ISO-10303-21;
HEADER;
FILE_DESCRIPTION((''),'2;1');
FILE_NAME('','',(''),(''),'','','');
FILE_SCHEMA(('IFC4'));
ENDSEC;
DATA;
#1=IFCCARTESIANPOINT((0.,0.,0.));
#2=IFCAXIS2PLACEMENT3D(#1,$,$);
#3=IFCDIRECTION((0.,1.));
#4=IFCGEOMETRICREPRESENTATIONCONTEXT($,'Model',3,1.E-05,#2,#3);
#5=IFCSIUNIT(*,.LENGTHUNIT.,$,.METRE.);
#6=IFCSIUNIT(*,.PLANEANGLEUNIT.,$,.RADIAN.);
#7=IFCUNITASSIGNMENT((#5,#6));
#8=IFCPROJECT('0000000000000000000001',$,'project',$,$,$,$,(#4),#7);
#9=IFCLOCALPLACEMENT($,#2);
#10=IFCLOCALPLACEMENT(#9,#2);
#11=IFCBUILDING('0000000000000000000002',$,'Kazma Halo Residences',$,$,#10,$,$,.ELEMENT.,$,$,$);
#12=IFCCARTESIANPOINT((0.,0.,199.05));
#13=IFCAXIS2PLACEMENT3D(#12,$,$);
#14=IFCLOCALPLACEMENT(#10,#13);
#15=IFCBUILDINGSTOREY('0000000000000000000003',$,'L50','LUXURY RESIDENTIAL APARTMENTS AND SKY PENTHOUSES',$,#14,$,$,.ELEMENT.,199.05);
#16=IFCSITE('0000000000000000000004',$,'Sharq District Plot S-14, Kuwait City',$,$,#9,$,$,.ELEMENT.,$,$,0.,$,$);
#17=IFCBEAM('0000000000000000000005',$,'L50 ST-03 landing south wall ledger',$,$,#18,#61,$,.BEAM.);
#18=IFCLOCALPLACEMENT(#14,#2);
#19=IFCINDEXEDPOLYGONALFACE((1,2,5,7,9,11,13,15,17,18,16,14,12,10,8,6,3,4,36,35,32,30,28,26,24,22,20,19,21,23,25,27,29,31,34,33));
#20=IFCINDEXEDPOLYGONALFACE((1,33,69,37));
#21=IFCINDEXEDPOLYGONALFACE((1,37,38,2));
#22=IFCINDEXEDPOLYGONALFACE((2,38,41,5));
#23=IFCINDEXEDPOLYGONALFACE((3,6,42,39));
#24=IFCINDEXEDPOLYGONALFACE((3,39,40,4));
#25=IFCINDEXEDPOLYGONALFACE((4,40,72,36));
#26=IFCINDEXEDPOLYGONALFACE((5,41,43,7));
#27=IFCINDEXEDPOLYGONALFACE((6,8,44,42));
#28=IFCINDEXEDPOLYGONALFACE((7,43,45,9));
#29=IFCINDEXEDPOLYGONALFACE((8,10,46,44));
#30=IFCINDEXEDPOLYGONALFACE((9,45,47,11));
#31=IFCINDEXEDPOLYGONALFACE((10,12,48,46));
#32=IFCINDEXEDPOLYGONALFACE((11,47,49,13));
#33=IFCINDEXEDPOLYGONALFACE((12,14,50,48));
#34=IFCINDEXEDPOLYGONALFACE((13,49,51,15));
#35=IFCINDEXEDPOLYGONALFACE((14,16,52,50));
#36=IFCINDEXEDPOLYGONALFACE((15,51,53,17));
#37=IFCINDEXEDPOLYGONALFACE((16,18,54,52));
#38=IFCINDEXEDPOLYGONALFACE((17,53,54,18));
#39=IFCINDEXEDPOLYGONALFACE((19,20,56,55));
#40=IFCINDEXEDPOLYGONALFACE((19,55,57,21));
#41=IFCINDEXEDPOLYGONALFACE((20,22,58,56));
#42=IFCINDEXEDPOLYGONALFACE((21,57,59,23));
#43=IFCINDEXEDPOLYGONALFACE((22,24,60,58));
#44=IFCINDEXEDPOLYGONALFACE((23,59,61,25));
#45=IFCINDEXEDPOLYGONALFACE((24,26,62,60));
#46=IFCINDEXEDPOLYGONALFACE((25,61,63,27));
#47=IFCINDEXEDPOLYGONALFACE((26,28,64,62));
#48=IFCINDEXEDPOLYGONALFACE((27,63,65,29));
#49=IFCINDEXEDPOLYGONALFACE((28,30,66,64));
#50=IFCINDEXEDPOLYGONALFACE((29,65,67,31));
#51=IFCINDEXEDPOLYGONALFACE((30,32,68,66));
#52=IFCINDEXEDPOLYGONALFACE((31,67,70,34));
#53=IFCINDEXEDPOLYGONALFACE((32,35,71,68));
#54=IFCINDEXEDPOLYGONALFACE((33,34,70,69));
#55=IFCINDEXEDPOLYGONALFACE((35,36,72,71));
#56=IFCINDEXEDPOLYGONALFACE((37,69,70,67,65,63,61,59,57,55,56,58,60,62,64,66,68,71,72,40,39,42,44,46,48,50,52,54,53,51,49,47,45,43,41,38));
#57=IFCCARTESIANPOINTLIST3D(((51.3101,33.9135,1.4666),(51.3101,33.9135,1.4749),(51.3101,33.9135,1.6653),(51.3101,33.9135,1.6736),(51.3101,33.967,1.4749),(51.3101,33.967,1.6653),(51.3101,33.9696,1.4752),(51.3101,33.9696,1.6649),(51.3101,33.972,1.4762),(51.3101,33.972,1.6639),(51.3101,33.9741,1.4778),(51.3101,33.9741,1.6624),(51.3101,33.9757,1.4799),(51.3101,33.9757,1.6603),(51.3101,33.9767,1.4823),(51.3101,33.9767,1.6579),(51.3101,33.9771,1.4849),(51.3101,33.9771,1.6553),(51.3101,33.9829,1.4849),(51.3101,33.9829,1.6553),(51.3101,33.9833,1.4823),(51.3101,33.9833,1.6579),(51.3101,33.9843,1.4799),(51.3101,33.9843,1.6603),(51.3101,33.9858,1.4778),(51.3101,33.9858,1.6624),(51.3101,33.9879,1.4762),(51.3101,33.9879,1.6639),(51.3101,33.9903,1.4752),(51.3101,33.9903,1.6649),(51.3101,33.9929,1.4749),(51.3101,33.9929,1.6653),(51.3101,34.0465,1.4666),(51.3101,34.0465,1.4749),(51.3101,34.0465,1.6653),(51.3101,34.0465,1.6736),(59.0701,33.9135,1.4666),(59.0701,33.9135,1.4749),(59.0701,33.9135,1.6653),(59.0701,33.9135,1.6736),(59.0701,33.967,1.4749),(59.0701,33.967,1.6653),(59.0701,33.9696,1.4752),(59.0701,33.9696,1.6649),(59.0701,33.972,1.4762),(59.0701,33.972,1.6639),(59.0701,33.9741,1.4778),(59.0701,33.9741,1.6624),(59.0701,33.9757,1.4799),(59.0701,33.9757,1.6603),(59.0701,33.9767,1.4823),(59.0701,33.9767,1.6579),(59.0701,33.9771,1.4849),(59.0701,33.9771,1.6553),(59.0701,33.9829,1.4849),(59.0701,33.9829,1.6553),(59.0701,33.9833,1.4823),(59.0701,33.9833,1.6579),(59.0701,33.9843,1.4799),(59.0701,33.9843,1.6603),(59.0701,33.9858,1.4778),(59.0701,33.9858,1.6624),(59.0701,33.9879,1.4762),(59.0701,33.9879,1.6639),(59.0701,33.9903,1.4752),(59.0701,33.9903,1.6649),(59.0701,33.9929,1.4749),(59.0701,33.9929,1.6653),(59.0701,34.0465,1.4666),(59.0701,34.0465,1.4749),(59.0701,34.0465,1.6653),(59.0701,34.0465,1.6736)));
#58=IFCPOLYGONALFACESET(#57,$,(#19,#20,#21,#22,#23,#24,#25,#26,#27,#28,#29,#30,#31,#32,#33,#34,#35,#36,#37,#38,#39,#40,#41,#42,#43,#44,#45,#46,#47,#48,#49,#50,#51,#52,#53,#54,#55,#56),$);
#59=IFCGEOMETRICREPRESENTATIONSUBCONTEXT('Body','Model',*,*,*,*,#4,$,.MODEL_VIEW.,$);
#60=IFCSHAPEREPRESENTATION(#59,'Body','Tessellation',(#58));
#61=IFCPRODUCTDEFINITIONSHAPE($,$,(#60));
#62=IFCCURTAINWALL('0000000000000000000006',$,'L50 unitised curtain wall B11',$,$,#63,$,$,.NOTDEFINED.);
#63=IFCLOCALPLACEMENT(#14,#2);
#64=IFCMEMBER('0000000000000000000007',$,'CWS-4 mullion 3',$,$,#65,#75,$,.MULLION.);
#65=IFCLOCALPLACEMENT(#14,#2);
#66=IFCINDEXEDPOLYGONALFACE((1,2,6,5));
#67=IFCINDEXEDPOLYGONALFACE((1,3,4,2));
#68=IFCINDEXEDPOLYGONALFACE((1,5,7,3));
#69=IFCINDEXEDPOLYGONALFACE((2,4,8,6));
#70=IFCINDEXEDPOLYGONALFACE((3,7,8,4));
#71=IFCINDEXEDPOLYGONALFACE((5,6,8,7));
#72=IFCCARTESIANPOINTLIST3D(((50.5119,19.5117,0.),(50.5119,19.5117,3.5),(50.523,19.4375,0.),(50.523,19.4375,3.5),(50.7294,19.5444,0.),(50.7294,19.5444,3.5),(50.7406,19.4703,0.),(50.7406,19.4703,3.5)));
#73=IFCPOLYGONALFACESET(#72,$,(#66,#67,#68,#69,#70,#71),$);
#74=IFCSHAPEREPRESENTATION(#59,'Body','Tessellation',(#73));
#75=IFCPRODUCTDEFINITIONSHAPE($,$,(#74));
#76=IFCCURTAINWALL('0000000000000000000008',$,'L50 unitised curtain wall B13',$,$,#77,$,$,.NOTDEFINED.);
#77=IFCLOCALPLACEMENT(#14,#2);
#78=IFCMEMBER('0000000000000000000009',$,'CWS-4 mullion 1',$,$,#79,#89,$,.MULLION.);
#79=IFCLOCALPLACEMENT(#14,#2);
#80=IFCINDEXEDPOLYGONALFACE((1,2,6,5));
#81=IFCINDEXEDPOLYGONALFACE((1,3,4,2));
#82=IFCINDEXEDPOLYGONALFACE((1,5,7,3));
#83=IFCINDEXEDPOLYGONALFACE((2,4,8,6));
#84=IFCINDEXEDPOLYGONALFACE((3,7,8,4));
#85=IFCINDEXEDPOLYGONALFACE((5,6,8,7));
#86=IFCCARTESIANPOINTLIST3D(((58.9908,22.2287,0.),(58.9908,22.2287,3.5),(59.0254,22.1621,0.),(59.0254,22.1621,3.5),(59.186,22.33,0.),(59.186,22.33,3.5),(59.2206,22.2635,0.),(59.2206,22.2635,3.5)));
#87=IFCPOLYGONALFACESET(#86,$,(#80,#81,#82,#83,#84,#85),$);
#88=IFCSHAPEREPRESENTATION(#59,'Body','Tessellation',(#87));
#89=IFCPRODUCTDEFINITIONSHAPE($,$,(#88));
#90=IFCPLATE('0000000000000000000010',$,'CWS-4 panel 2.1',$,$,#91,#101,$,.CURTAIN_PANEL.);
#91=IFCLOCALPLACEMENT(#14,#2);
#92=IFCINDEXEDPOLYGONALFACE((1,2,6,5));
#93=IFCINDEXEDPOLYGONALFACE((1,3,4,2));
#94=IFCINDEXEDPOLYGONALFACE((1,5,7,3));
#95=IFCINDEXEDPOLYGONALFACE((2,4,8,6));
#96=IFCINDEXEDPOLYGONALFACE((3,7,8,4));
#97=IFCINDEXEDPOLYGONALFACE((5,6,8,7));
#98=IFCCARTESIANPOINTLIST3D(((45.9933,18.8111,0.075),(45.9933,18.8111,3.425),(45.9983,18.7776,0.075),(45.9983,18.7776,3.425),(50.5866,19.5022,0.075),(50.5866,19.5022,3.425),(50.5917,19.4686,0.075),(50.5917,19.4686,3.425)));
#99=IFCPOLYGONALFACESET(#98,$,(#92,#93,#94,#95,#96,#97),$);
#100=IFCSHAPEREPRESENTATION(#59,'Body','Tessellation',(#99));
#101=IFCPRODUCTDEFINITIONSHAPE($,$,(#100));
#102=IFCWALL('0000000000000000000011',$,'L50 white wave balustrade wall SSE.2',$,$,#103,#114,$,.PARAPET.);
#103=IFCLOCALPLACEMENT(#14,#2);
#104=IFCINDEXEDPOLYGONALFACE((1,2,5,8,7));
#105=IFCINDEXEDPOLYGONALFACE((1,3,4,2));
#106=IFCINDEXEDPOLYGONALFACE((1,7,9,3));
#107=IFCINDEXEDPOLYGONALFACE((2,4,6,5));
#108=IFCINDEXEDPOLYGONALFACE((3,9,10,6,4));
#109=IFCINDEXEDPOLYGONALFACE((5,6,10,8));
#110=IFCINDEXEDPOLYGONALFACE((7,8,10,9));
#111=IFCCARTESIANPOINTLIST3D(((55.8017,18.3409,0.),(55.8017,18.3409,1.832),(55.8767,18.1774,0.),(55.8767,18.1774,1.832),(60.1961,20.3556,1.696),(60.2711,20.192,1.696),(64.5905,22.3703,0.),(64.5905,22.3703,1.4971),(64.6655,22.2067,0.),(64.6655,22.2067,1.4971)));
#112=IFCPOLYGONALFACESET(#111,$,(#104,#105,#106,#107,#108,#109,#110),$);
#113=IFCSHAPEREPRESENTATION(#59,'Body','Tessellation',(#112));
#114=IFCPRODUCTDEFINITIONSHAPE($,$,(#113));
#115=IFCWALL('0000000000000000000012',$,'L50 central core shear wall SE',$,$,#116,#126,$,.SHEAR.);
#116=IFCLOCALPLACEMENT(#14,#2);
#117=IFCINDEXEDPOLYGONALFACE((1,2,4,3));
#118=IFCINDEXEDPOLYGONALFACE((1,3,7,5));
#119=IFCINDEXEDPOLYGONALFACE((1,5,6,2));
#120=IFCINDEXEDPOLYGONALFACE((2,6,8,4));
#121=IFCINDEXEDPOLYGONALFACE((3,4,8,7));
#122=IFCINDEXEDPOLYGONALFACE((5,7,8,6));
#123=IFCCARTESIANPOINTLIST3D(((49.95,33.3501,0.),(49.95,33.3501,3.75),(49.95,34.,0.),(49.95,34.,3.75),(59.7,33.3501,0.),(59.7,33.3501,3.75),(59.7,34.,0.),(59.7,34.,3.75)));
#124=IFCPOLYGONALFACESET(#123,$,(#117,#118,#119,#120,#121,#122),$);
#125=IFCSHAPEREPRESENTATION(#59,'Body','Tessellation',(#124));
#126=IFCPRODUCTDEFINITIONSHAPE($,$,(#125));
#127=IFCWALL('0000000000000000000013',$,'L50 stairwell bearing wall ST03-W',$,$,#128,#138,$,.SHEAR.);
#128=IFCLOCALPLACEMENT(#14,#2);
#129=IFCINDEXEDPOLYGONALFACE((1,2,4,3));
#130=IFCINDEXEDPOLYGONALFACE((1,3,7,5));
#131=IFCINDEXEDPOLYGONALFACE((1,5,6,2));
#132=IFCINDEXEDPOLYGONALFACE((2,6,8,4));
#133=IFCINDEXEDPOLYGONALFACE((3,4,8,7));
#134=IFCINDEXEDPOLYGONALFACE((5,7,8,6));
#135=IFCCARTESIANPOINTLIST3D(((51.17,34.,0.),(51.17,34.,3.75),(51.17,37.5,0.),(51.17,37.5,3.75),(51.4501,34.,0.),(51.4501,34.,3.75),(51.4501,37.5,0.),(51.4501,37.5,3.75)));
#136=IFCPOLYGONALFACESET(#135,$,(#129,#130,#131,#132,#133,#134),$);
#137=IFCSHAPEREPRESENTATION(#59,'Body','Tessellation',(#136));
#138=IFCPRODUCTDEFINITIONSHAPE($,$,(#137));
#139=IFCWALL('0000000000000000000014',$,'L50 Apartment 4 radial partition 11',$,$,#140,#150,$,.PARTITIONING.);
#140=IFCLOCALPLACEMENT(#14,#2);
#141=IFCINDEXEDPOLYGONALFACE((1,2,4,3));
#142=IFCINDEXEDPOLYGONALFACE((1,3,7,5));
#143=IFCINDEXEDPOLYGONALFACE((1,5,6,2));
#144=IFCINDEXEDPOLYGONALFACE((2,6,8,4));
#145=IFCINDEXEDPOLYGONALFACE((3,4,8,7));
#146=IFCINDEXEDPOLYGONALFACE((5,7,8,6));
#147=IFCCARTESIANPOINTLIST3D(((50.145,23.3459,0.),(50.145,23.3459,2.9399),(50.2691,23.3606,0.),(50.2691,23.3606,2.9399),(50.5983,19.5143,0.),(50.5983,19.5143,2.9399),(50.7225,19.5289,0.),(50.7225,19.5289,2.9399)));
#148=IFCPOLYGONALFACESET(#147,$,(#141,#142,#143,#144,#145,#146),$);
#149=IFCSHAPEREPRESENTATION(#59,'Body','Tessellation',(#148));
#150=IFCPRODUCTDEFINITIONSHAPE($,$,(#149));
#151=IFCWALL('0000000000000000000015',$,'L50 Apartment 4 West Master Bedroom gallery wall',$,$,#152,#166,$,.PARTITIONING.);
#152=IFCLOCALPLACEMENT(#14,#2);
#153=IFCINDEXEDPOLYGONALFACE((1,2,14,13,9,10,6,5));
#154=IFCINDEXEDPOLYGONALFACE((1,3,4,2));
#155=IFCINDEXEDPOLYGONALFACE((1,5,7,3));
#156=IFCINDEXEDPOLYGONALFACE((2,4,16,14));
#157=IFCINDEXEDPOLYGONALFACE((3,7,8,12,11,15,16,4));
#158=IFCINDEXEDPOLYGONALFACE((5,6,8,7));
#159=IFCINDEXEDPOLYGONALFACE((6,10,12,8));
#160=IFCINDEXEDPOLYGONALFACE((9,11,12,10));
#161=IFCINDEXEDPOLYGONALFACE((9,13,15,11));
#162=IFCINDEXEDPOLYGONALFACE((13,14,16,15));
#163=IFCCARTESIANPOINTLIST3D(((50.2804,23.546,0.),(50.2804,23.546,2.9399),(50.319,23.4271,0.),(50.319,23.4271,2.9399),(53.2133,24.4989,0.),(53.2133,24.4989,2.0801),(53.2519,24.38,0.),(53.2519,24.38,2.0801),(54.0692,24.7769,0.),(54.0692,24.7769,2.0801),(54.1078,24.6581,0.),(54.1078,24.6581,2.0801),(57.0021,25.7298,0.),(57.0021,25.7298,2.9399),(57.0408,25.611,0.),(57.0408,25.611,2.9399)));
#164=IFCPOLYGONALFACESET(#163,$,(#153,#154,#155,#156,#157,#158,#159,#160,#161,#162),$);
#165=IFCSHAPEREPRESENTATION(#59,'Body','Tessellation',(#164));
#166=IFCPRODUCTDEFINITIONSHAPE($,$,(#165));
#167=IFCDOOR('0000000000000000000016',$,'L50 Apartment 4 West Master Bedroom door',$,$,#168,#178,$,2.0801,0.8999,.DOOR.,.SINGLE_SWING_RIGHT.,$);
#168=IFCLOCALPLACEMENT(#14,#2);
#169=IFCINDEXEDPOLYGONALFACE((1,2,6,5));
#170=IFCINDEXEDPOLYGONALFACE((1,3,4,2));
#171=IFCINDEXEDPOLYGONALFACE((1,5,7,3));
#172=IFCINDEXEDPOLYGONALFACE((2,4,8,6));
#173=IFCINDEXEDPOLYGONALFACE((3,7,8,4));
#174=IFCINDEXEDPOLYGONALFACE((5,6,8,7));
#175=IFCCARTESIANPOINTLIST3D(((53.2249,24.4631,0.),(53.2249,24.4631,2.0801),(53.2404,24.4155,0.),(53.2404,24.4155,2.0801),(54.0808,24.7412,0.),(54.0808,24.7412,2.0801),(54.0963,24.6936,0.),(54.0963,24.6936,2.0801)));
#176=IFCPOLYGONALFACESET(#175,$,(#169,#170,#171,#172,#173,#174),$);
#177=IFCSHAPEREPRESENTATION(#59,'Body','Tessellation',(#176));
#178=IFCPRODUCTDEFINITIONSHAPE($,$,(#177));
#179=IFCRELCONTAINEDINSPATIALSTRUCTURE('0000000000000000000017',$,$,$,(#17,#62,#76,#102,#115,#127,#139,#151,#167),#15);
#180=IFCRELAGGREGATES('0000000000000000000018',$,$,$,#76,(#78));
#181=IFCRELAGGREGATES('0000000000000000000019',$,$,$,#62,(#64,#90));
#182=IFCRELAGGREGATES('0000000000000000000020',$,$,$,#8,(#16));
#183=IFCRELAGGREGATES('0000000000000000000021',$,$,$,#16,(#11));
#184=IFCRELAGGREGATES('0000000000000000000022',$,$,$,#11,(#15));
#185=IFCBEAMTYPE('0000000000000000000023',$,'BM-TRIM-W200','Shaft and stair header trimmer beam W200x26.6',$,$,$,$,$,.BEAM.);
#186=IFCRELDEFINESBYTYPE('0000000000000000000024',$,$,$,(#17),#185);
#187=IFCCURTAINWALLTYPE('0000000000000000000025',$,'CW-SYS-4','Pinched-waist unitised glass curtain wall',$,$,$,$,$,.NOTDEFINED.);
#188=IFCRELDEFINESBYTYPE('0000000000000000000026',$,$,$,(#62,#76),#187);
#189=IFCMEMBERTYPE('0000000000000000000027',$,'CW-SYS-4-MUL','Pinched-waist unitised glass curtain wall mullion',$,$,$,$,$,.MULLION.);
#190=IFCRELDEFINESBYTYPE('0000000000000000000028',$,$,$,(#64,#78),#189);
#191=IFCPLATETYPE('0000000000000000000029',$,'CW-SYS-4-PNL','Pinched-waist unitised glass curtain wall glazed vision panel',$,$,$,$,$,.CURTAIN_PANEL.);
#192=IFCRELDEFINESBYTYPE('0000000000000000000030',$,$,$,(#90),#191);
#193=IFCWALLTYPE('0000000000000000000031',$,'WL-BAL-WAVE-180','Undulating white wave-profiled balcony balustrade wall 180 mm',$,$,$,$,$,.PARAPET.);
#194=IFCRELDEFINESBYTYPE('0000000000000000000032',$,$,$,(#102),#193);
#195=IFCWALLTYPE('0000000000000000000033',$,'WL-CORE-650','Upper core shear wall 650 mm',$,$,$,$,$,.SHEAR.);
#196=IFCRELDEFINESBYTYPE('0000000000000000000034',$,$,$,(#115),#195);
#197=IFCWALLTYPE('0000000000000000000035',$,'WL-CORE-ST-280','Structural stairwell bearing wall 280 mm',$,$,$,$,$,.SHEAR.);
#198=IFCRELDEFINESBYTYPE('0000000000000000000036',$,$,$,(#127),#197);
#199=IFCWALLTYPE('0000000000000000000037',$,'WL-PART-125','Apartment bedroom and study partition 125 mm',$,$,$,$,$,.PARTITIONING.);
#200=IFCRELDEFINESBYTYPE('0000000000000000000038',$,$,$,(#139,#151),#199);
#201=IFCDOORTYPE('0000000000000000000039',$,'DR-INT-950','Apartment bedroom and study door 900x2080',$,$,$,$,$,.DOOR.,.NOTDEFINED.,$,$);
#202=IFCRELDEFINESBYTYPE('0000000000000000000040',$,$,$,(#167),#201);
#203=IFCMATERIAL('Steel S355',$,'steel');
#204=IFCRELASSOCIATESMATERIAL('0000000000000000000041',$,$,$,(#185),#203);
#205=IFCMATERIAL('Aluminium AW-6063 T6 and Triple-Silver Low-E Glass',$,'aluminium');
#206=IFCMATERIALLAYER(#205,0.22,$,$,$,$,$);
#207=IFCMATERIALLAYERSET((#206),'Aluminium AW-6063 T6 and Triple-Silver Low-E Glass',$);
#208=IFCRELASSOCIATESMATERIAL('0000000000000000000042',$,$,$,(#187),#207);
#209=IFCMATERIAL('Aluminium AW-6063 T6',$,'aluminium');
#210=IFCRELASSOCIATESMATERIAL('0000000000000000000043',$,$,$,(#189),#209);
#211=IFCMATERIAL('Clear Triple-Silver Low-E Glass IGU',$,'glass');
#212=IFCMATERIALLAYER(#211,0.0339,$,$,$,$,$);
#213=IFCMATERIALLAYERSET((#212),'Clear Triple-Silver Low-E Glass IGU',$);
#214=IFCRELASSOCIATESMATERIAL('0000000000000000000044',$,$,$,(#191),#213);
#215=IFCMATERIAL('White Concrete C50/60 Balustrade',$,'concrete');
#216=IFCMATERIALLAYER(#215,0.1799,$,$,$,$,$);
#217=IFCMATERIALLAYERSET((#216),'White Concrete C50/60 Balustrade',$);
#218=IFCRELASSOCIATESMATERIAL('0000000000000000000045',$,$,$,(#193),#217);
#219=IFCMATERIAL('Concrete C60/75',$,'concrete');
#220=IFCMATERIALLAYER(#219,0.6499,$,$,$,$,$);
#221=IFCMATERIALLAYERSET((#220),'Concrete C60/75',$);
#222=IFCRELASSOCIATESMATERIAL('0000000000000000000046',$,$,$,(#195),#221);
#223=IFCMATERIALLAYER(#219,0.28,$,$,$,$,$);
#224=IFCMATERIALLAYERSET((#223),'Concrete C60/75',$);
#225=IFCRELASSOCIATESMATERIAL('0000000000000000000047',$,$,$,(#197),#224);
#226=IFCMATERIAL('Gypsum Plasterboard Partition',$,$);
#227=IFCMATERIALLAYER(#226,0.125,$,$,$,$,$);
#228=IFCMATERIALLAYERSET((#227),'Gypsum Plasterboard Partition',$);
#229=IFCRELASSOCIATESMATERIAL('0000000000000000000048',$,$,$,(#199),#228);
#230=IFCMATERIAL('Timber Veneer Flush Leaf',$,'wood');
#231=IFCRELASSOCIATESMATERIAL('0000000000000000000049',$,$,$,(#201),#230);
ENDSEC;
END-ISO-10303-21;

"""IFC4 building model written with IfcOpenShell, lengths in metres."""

from ifc_helpers import new_model, si_unit, direction, frame, frame_2d, origin, origin_2d, place, context, subcontext, project, spatial, polyline, rectangle, i_section, outline, extrude, material, layer, layer_set, material_profile, profile_set, type_object, element, fill, aggregate, save


model = new_model("IFC4")

# Units and contexts
model_context = context("Model", 3, precision=1e-05, world=origin(), true_north=direction((0.0, 1.0)))
body_context = subcontext(model_context, "Body", "Model", "MODEL_VIEW")
ifc_project = project(units=[si_unit("LENGTHUNIT", "METRE"), si_unit("PLANEANGLEUNIT", "RADIAN")], contexts=[model_context])

# Site, building, storey
site_placement = place(None, origin())
site = spatial("IfcSite", under=ifc_project, at=site_placement, Name="Sharq District Plot S-14, Kuwait City", CompositionType="ELEMENT", RefElevation=0.0)
building_placement = place(site_placement, origin())
building = spatial("IfcBuilding", under=site, at=building_placement, Name="Kazma Halo Residences", CompositionType="ELEMENT")
storey_placement = place(building_placement, frame((0.0, 0.0, 199.05)))
storey = spatial("IfcBuildingStorey", under=building, at=storey_placement, Name="L50", Description="LUXURY RESIDENTIAL APARTMENTS AND SKY PENTHOUSES", CompositionType="ELEMENT", Elevation=199.05)

# Beam
ifc_material_1 = material(Name="Steel S355", Category="steel")
ifc_material_profile_1 = material_profile(ifc_material_1, i_section(OverallWidth=0.1331, OverallDepth=0.207, WebThickness=0.0059, FlangeThickness=0.0083, FilletRadius=0.01, at=origin_2d()), Name="W200x26.6")
ifc_profile_set_1 = profile_set([ifc_material_profile_1], Name="Steel S355")
beam_type_1 = type_object("IfcBeamType", Name="BM-TRIM-W200", Description="Shaft and stair header trimmer beam W200x26.6", PredefinedType="BEAM", material=ifc_profile_set_1)
beam_1_placement = place(storey_placement, frame((51.3101, 33.98, 1.5701), z_axis=(1.0, 0.0, 0.0), x_axis=(0.0, 1.0, 0.0)))
element("IfcBeam", 1, at=beam_1_placement, inside=storey, type_object=beam_type_1, Name="L50 ST-03 landing south wall ledger", PredefinedType="BEAM", context=body_context, shape_type="SweptSolid", body=[
    extrude(i_section(OverallWidth=0.1331, OverallDepth=0.207, WebThickness=0.0059, FlangeThickness=0.0083, FilletRadius=0.01, at=origin_2d()), origin(), (0.0, 0.0, 1.0), 7.76),
])

# Curtain walls, members
ifc_material_2 = material(Name="Aluminium AW-6063 T6 and Triple-Silver Low-E Glass", Category="aluminium")
ifc_layer_1 = layer(ifc_material_2, 0.22)
ifc_layer_set_1 = layer_set([ifc_layer_1], Name="Aluminium AW-6063 T6 and Triple-Silver Low-E Glass")
curtain_wall_type = type_object("IfcCurtainWallType", Name="CW-SYS-4", Description="Pinched-waist unitised glass curtain wall", PredefinedType="NOTDEFINED", material=ifc_layer_set_1)
curtain_wall_1_placement = place(storey_placement, origin())
curtain_wall_1 = element("IfcCurtainWall", 2, at=curtain_wall_1_placement, inside=storey, type_object=curtain_wall_type, Name="L50 unitised curtain wall B11", PredefinedType="NOTDEFINED")
ifc_material_3 = material(Name="Aluminium AW-6063 T6", Category="aluminium")
ifc_material_profile_2 = material_profile(ifc_material_3, rectangle(XDim=0.075, YDim=0.22, at=origin_2d()), Name="CWM-75x220")
ifc_profile_set_2 = profile_set([ifc_material_profile_2], Name="Aluminium AW-6063 T6")
member_type = type_object("IfcMemberType", Name="CW-SYS-4-MUL", Description="Pinched-waist unitised glass curtain wall mullion", PredefinedType="MULLION", material=ifc_profile_set_2)
member_1_placement = place(storey_placement, frame((50.6262, 19.491, 0.0), z_axis=(0.0, 0.0, 1.0), x_axis=(-0.148773, 0.988871, 0.0)))
member_1 = element("IfcMember", 3, at=member_1_placement, type_object=member_type, Name="CWS-4 mullion 3", PredefinedType="MULLION", context=body_context, shape_type="SweptSolid", body=[
    extrude(rectangle(XDim=0.075, YDim=0.22, at=origin_2d()), origin(), (0.0, 0.0, 1.0), 3.5),
])
curtain_wall_2_placement = place(storey_placement, origin())
curtain_wall_2 = element("IfcCurtainWall", 4, at=curtain_wall_2_placement, inside=storey, type_object=curtain_wall_type, Name="L50 unitised curtain wall B13", PredefinedType="NOTDEFINED")
member_2_placement = place(storey_placement, frame((59.1057, 22.2461, 0.0), z_axis=(0.0, 0.0, 1.0), x_axis=(-0.460874, 0.887466, 0.0)))
member_2 = element("IfcMember", 5, at=member_2_placement, type_object=member_type, Name="CWS-4 mullion 1", PredefinedType="MULLION", context=body_context, shape_type="SweptSolid", body=[
    extrude(rectangle(XDim=0.075, YDim=0.22, at=origin_2d()), origin(), (0.0, 0.0, 1.0), 3.5),
])
aggregate(curtain_wall_2, [member_2])

# Plate
ifc_material_4 = material(Name="Clear Triple-Silver Low-E Glass IGU", Category="glass")
ifc_layer_2 = layer(ifc_material_4, 0.0339)
ifc_layer_set_2 = layer_set([ifc_layer_2], Name="Clear Triple-Silver Low-E Glass IGU")
plate_type = type_object("IfcPlateType", Name="CW-SYS-4-PNL", Description="Pinched-waist unitised glass curtain wall glazed vision panel", PredefinedType="CURTAIN_PANEL", material=ifc_layer_set_2)
plate_placement = place(storey_placement, frame((48.2925, 19.1399, 0.075), z_axis=(0.0, 0.0, 1.0), x_axis=(0.988871, 0.148773, 0.0)))
plate = element("IfcPlate", 6, at=plate_placement, type_object=plate_type, Name="CWS-4 panel 2.1", PredefinedType="CURTAIN_PANEL", context=body_context, shape_type="SweptSolid", body=[
    extrude(rectangle(XDim=4.645, YDim=0.0339, at=origin_2d()), origin(), (0.0, 0.0, 1.0), 3.3501),
])
aggregate(curtain_wall_1, [member_1, plate])

# Walls
ifc_material_5 = material(Name="White Concrete C50/60 Balustrade", Category="concrete")
ifc_layer_3 = layer(ifc_material_5, 0.1799)
ifc_layer_set_3 = layer_set([ifc_layer_3], Name="White Concrete C50/60 Balustrade")
wall_type_1 = type_object("IfcWallType", Name="WL-BAL-WAVE-180", Description="Undulating white wave-profiled balcony balustrade wall 180 mm", PredefinedType="PARAPET", material=ifc_layer_set_3)
wall_1_placement = place(storey_placement, frame((55.8391, 18.2593, 0.0), z_axis=(0.0, 0.0, 1.0), x_axis=(0.909022, 0.416748, 0.0)))
element("IfcWall", 7, at=wall_1_placement, inside=storey, type_object=wall_type_1, Name="L50 white wave balustrade wall SSE.2", PredefinedType="PARAPET", context=body_context, shape_type="SweptSolid", body=[
    extrude(outline(polyline([(0.0, 0.0), (9.6685, 0.0), (9.6685, 1.4971), (4.8342, 1.696), (0.0, 1.832), (0.0, 0.0)])), frame((0.0, 0.0898, 0.0), z_axis=(0.0, -1.0, 0.0), x_axis=(1.0, 0.0, 0.0)), (0.0, 0.0, 1.0), 0.1799),
])
ifc_material_6 = material(Name="Concrete C60/75", Category="concrete")
ifc_layer_4 = layer(ifc_material_6, 0.6499)
ifc_layer_set_4 = layer_set([ifc_layer_4], Name="Concrete C60/75")
wall_type_2 = type_object("IfcWallType", Name="WL-CORE-650", Description="Upper core shear wall 650 mm", PredefinedType="SHEAR", material=ifc_layer_set_4)
wall_2_placement = place(storey_placement, frame((49.95, 33.675, 0.0), z_axis=(0.0, 0.0, 1.0), x_axis=(1.0, 0.0, 0.0)))
element("IfcWall", 8, at=wall_2_placement, inside=storey, type_object=wall_type_2, Name="L50 central core shear wall SE", PredefinedType="SHEAR", context=body_context, shape_type="SweptSolid", body=[
    extrude(rectangle(XDim=9.75, YDim=0.6499, at=frame_2d((4.875, 0.0))), origin(), (0.0, 0.0, 1.0), 3.75),
])
ifc_layer_5 = layer(ifc_material_6, 0.28)
ifc_layer_set_5 = layer_set([ifc_layer_5], Name="Concrete C60/75")
wall_type_3 = type_object("IfcWallType", Name="WL-CORE-ST-280", Description="Structural stairwell bearing wall 280 mm", PredefinedType="SHEAR", material=ifc_layer_set_5)
wall_3_placement = place(storey_placement, frame((51.3101, 34.0, 0.0), z_axis=(0.0, 0.0, 1.0), x_axis=(0.0, 1.0, 0.0)))
element("IfcWall", 9, at=wall_3_placement, inside=storey, type_object=wall_type_3, Name="L50 stairwell bearing wall ST03-W", PredefinedType="SHEAR", context=body_context, shape_type="SweptSolid", body=[
    extrude(rectangle(XDim=3.5, YDim=0.28, at=frame_2d((1.75, 0.0))), origin(), (0.0, 0.0, 1.0), 3.75),
])

# Wall
ifc_material_7 = material(Name="Gypsum Plasterboard Partition")
ifc_layer_6 = layer(ifc_material_7, 0.125)
ifc_layer_set_6 = layer_set([ifc_layer_6], Name="Gypsum Plasterboard Partition")
wall_type_4 = type_object("IfcWallType", Name="WL-PART-125", Description="Apartment bedroom and study partition 125 mm", PredefinedType="PARTITIONING", material=ifc_layer_set_6)
wall_4_placement = place(storey_placement, frame((50.207, 23.3533, 0.0), z_axis=(0.0, 0.0, 1.0), x_axis=(0.117498, -0.993073, 0.0)))
element("IfcWall", 10, at=wall_4_placement, inside=storey, type_object=wall_type_4, Name="L50 Apartment 4 radial partition 11", PredefinedType="PARTITIONING", context=body_context, shape_type="SweptSolid", body=[
    extrude(rectangle(XDim=3.8584, YDim=0.125, at=frame_2d((1.9292, 0.0))), origin(), (0.0, 0.0, 1.0), 2.9399),
])

# Wall, opening, door
wall_5_placement = place(storey_placement, frame((50.2998, 23.4866, 0.0), z_axis=(0.0, 0.0, 1.0), x_axis=(0.951064, 0.308995, 0.0)))
wall_5 = element("IfcWall", 11, at=wall_5_placement, inside=storey, type_object=wall_type_4, Name="L50 Apartment 4 West Master Bedroom gallery wall", PredefinedType="PARTITIONING", context=body_context, shape_type="SweptSolid", body=[
    extrude(rectangle(XDim=7.0676, YDim=0.125, at=frame_2d((3.5337, 0.0))), origin(), (0.0, 0.0, 1.0), 2.9399),
])
opening_1_placement = place(wall_5_placement, frame((3.0837, 0.0, 0.0)))
opening_1 = element("IfcOpeningElement", 12, at=opening_1_placement, cuts=wall_5, PredefinedType="OPENING", context=body_context, shape_type="SweptSolid", body=[
    extrude(rectangle(XDim=0.8999, YDim=2.0801, at=frame_2d((0.45, 1.04))), frame((0.0, 0.0725, 0.0), z_axis=(0.0, -1.0, 0.0), x_axis=(1.0, 0.0, 0.0)), (0.0, 0.0, 1.0), 0.145),
])
ifc_material_8 = material(Name="Timber Veneer Flush Leaf", Category="wood")
door_type_1 = type_object("IfcDoorType", Name="DR-INT-950", Description="Apartment bedroom and study door 900x2080", OperationType="NOTDEFINED", PredefinedType="DOOR", material=ifc_material_8)
door_1_placement = place(opening_1_placement, origin())
door_1 = element("IfcDoor", 13, at=door_1_placement, inside=storey, type_object=door_type_1, Name="L50 Apartment 4 West Master Bedroom door", OperationType="SINGLE_SWING_RIGHT", OverallHeight=2.0801, OverallWidth=0.8999, PredefinedType="DOOR", context=body_context, shape_type="SweptSolid", body=[
    extrude(rectangle(XDim=0.8999, YDim=2.0801, at=frame_2d((0.45, 1.04))), frame((0.0, 0.0249, 0.0), z_axis=(0.0, -1.0, 0.0), x_axis=(1.0, 0.0, 0.0)), (0.0, 0.0, 1.0), 0.05),
])
fill(opening_1, door_1)

save(model, "model.ifc")
